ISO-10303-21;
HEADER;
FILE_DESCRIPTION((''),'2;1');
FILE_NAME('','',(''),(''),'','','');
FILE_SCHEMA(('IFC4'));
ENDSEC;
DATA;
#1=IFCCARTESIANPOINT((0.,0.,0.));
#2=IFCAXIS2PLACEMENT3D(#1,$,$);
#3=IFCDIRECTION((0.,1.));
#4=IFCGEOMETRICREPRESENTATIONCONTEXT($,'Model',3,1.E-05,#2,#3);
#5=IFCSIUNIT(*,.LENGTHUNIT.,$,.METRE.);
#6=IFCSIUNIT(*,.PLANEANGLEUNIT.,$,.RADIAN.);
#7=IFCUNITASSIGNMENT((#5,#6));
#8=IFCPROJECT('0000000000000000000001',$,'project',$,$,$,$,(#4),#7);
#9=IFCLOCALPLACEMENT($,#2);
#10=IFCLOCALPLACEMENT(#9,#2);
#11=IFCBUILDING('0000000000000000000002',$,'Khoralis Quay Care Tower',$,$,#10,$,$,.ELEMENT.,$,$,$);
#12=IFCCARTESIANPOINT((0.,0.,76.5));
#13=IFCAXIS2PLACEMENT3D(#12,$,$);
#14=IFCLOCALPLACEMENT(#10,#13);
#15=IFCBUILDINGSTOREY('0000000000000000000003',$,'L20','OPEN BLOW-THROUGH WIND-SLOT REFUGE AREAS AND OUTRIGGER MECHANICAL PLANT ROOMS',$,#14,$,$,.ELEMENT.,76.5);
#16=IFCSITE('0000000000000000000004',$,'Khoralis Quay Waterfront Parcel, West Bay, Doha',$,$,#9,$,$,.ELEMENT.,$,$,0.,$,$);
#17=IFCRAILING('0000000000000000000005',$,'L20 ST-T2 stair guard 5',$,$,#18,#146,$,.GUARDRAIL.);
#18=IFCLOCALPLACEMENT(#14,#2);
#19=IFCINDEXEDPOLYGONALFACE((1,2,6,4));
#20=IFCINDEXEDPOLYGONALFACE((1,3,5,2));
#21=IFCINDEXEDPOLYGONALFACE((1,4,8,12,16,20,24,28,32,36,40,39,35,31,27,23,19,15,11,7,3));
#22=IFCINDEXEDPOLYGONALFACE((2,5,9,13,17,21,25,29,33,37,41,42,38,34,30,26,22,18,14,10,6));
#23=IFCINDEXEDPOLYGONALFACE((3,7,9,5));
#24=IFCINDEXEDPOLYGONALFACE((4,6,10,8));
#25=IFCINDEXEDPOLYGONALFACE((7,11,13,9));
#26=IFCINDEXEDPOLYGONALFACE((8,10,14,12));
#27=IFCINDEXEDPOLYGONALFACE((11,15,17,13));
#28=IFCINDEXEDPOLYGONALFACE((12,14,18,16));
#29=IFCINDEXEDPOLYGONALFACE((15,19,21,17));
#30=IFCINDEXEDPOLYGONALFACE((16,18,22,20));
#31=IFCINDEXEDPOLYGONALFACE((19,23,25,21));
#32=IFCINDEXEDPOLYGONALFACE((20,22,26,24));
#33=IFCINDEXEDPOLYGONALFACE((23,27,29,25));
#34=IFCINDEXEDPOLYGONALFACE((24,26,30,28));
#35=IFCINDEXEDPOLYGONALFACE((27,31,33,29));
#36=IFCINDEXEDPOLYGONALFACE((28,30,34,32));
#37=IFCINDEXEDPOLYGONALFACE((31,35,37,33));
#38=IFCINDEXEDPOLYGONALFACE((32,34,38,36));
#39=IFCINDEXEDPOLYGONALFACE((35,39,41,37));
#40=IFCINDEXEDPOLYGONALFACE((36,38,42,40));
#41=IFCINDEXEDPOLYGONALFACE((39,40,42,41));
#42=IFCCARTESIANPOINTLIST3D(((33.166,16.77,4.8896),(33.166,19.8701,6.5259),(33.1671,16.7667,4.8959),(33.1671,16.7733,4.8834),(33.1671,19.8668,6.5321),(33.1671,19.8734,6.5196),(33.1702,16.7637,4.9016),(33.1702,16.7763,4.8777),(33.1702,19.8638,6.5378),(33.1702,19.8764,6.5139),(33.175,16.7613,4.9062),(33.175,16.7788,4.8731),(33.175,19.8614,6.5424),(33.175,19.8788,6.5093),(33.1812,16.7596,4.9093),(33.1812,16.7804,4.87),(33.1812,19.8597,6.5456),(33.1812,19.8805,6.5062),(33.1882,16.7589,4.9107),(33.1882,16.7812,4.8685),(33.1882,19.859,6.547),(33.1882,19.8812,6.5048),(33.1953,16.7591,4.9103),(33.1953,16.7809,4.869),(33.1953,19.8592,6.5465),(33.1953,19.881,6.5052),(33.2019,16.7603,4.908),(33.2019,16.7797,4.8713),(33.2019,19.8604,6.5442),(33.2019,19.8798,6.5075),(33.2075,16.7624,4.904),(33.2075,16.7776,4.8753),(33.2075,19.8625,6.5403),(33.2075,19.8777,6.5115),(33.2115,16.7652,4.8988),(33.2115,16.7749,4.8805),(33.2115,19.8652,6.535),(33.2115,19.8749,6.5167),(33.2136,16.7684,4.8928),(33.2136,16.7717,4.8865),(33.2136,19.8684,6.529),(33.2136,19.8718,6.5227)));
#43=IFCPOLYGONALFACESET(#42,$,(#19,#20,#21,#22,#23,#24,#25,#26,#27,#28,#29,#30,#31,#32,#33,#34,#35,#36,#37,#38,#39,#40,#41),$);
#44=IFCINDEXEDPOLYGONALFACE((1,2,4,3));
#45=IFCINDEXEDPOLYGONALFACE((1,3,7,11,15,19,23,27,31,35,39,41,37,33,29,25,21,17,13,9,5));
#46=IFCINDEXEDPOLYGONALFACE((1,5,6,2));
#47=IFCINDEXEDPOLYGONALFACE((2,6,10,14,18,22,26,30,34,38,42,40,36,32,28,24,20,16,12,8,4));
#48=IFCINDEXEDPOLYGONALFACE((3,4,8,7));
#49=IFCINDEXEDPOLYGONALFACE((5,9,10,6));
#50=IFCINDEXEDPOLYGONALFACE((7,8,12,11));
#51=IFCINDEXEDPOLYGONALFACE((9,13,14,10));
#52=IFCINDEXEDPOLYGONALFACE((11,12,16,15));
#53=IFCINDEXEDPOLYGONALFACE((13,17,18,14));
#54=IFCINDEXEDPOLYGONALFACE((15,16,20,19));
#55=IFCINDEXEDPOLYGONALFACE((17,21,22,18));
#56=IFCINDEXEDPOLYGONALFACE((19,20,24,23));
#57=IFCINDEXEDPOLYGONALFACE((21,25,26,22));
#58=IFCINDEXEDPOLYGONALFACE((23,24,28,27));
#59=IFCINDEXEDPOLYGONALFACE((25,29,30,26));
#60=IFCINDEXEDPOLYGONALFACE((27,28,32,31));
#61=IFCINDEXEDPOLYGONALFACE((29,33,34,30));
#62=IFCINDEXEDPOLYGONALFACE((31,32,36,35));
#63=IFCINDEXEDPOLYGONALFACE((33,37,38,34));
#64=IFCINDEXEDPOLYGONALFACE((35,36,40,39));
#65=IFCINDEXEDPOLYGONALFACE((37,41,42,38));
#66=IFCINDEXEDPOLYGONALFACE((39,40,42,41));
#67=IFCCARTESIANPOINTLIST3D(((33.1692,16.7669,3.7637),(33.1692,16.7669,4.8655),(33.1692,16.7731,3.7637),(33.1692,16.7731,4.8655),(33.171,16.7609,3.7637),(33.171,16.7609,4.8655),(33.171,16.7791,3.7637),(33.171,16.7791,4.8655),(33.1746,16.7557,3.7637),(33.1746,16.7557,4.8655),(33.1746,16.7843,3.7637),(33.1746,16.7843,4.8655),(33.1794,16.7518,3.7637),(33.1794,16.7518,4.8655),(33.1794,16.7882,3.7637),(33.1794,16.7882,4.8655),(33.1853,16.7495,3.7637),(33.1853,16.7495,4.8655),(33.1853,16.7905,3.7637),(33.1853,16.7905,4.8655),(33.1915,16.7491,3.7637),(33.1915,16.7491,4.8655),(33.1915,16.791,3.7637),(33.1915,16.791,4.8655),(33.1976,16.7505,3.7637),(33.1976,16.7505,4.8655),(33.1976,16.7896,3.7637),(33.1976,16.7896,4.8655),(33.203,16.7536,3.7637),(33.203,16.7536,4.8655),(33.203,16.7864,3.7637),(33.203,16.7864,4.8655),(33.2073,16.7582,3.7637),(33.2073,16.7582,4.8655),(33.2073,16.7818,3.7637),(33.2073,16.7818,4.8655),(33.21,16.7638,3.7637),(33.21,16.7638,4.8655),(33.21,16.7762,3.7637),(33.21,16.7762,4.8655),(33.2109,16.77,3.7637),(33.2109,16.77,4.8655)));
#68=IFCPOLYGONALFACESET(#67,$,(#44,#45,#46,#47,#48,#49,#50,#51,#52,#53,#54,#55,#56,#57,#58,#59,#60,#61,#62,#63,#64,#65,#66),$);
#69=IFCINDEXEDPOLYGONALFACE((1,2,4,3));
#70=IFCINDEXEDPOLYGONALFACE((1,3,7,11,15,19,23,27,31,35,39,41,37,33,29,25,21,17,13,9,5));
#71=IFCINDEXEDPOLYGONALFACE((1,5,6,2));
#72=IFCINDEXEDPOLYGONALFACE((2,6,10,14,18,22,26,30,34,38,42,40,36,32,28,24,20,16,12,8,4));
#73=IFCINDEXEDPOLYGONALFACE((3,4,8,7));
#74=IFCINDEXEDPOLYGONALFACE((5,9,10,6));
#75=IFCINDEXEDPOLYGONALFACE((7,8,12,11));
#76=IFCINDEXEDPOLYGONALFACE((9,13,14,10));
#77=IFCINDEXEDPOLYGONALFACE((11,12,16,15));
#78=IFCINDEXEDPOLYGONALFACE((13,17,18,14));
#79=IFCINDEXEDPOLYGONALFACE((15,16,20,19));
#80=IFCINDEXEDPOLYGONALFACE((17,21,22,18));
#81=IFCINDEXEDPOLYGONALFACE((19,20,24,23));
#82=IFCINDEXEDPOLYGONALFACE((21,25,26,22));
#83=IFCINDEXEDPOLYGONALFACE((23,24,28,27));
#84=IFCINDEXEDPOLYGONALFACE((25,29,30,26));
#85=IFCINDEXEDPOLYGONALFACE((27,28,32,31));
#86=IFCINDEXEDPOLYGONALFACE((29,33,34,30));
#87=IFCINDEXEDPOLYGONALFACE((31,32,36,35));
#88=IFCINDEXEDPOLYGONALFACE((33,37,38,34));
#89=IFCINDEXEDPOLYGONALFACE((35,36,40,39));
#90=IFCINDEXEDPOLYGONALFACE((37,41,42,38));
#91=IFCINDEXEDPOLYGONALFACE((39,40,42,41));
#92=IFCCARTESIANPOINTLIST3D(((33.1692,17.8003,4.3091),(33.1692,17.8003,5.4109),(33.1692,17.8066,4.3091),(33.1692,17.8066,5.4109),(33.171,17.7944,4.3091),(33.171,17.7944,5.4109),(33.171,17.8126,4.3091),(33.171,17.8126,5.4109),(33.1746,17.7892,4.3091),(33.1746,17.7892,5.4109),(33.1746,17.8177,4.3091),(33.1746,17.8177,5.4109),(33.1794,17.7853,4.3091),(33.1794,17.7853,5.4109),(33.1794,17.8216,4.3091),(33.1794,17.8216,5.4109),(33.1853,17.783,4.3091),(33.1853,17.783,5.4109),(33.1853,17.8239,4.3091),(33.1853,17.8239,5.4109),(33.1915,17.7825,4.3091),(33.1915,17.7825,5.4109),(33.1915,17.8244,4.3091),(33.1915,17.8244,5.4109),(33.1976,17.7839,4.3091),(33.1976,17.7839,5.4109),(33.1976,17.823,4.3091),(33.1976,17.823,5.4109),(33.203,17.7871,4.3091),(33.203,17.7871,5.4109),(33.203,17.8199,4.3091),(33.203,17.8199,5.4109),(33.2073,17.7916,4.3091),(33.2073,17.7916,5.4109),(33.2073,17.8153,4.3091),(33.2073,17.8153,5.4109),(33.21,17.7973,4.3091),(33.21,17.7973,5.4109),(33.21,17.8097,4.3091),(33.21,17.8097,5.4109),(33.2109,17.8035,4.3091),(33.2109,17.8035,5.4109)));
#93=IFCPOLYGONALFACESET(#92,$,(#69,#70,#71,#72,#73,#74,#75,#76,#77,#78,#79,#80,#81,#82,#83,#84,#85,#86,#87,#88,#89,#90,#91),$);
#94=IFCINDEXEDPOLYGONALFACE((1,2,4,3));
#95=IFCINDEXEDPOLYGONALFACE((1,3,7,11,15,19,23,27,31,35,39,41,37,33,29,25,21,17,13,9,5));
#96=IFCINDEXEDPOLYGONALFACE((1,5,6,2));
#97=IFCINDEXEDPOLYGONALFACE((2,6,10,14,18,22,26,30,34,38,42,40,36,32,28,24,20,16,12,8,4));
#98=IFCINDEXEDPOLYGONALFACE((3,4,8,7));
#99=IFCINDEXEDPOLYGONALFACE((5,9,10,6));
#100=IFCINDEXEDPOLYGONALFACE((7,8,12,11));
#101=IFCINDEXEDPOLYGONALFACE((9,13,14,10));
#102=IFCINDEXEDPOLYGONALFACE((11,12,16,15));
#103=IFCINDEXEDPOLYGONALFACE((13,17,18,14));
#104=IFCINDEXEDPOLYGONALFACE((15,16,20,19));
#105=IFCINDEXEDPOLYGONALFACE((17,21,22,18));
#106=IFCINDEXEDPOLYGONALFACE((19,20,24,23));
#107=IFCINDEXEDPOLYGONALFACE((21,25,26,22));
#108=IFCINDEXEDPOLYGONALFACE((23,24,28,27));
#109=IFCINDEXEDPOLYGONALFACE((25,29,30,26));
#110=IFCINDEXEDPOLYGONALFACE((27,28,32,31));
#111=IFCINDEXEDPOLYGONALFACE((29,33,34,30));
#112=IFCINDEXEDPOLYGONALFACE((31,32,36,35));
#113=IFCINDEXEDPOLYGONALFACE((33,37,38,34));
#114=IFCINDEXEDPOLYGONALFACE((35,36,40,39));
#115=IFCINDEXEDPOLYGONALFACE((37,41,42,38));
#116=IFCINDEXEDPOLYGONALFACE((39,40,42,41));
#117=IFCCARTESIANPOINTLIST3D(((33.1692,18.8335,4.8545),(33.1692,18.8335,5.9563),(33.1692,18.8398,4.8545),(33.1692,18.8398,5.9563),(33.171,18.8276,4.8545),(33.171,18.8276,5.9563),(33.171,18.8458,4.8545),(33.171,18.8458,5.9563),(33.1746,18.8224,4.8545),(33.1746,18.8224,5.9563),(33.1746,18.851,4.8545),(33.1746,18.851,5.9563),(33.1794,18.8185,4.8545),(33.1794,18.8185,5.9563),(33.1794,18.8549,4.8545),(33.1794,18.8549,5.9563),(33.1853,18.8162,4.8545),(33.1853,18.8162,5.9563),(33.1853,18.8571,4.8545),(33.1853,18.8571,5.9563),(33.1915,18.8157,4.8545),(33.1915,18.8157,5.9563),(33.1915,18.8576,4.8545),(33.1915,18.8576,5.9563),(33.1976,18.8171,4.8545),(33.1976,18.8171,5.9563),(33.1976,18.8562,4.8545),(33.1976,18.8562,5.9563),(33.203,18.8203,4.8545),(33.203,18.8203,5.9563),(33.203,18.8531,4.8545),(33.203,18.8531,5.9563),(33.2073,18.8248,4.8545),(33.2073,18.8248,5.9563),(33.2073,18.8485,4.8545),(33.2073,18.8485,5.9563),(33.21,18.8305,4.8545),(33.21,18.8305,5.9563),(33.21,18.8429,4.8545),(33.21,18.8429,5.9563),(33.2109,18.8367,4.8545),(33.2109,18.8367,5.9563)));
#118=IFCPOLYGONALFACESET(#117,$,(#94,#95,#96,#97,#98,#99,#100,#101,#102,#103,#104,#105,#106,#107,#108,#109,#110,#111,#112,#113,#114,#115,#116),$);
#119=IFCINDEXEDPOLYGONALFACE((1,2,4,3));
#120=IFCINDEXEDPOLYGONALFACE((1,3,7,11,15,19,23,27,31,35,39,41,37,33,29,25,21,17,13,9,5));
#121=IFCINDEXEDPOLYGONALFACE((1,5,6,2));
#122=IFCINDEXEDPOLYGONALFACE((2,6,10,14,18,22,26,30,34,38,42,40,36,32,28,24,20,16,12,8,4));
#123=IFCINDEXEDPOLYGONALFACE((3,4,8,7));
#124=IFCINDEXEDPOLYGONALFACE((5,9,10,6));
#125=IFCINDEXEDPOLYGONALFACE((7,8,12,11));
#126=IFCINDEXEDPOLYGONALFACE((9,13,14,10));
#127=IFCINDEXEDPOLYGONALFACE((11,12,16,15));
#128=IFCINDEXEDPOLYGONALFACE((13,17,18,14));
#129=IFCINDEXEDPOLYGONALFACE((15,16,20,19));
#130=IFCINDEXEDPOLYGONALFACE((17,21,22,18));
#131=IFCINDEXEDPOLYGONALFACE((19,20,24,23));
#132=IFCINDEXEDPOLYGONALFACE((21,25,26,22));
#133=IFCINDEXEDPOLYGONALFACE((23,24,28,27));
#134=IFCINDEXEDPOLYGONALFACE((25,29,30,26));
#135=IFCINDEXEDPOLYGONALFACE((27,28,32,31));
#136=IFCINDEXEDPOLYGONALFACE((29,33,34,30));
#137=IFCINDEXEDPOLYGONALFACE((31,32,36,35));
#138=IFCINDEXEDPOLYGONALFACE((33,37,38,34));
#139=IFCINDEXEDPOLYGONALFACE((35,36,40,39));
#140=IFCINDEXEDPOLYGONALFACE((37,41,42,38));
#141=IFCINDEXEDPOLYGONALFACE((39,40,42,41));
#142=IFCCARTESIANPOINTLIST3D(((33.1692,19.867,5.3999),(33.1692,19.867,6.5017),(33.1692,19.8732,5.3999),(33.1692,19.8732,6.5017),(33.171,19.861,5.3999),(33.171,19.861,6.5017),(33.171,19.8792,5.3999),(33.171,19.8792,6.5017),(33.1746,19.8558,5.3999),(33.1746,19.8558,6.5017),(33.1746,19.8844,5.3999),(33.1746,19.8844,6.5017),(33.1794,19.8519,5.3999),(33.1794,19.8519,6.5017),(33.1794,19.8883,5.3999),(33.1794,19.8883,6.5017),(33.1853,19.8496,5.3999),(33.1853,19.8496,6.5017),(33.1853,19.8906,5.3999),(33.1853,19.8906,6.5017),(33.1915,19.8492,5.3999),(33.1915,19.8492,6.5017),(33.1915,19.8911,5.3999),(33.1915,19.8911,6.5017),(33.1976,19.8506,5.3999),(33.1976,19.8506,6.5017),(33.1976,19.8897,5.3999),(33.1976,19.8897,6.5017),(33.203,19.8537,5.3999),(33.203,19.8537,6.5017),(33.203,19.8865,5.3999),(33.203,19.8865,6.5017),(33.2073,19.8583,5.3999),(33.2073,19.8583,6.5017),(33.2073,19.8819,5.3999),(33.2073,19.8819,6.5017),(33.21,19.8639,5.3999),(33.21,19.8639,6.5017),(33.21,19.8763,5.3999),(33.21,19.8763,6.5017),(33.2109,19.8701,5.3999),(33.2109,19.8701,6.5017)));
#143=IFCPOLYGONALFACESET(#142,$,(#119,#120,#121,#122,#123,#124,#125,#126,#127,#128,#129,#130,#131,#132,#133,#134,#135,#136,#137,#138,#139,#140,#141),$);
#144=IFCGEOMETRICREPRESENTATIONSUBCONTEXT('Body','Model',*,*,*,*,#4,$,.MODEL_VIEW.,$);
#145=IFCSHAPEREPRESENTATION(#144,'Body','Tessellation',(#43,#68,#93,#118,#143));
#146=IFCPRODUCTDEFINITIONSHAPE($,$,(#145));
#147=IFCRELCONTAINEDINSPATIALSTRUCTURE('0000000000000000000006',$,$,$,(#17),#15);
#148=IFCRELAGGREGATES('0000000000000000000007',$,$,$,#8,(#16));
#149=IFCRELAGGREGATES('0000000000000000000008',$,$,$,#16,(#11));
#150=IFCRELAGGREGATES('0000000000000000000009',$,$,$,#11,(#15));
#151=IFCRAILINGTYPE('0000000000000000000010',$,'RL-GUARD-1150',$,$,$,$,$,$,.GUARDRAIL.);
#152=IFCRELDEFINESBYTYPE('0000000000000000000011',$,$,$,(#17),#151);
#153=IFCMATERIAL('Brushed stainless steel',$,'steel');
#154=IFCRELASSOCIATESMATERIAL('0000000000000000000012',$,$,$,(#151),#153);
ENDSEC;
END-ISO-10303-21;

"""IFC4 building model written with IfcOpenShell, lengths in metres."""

from ifc_helpers import new_model, si_unit, direction, frame, origin, origin_2d, place, context, subcontext, project, spatial, circle, extrude, material, type_object, element, save


model = new_model("IFC4")

# Units and contexts
model_context = context("Model", 3, precision=1e-05, world=origin(), true_north=direction((0.0, 1.0)))
body_context = subcontext(model_context, "Body", "Model", "MODEL_VIEW")
ifc_project = project(units=[si_unit("LENGTHUNIT", "METRE"), si_unit("PLANEANGLEUNIT", "RADIAN")], contexts=[model_context])

# Site, building, storey
site_placement = place(None, origin())
site = spatial("IfcSite", under=ifc_project, at=site_placement, Name="Khoralis Quay Waterfront Parcel, West Bay, Doha", CompositionType="ELEMENT", RefElevation=0.0)
building_placement = place(site_placement, origin())
building = spatial("IfcBuilding", under=site, at=building_placement, Name="Khoralis Quay Care Tower", CompositionType="ELEMENT")
storey_placement = place(building_placement, frame((0.0, 0.0, 76.5)))
storey = spatial("IfcBuildingStorey", under=building, at=storey_placement, Name="L20", Description="OPEN BLOW-THROUGH WIND-SLOT REFUGE AREAS AND OUTRIGGER MECHANICAL PLANT ROOMS", CompositionType="ELEMENT", Elevation=76.5)

# Railing
ifc_material_1 = material(Name="Brushed stainless steel", Category="steel")
railing_type_1 = type_object("IfcRailingType", Name="RL-GUARD-1150", PredefinedType="GUARDRAIL", material=ifc_material_1)
railing_1_placement = place(storey_placement, frame((33.1899, 16.77, 3.7637)))
element("IfcRailing", 1, at=railing_1_placement, inside=storey, type_object=railing_type_1, Name="L20 ST-T2 stair guard 5", PredefinedType="GUARDRAIL", context=body_context, shape_type="SweptSolid", body=[
    extrude(circle(Radius=0.0239, at=origin_2d()), frame((0.0, 0.0, 1.126), z_axis=(0.0, 0.884377, 0.466774), x_axis=(-1.0, 0.0, 0.0)), (0.0, 0.0, 1.0), 3.5054),
    extrude(circle(Radius=0.021, at=origin_2d()), origin(), (0.0, 0.0, 1.0), 1.1018),
    extrude(circle(Radius=0.021, at=origin_2d()), frame((0.0, 1.0334, 0.5454)), (0.0, 0.0, 1.0), 1.1018),
    extrude(circle(Radius=0.021, at=origin_2d()), frame((0.0, 2.0667, 1.0908)), (0.0, 0.0, 1.0), 1.1018),
    extrude(circle(Radius=0.021, at=origin_2d()), frame((0.0, 3.1001, 1.6362)), (0.0, 0.0, 1.0), 1.1018),
])

save(model, "model.ifc")
